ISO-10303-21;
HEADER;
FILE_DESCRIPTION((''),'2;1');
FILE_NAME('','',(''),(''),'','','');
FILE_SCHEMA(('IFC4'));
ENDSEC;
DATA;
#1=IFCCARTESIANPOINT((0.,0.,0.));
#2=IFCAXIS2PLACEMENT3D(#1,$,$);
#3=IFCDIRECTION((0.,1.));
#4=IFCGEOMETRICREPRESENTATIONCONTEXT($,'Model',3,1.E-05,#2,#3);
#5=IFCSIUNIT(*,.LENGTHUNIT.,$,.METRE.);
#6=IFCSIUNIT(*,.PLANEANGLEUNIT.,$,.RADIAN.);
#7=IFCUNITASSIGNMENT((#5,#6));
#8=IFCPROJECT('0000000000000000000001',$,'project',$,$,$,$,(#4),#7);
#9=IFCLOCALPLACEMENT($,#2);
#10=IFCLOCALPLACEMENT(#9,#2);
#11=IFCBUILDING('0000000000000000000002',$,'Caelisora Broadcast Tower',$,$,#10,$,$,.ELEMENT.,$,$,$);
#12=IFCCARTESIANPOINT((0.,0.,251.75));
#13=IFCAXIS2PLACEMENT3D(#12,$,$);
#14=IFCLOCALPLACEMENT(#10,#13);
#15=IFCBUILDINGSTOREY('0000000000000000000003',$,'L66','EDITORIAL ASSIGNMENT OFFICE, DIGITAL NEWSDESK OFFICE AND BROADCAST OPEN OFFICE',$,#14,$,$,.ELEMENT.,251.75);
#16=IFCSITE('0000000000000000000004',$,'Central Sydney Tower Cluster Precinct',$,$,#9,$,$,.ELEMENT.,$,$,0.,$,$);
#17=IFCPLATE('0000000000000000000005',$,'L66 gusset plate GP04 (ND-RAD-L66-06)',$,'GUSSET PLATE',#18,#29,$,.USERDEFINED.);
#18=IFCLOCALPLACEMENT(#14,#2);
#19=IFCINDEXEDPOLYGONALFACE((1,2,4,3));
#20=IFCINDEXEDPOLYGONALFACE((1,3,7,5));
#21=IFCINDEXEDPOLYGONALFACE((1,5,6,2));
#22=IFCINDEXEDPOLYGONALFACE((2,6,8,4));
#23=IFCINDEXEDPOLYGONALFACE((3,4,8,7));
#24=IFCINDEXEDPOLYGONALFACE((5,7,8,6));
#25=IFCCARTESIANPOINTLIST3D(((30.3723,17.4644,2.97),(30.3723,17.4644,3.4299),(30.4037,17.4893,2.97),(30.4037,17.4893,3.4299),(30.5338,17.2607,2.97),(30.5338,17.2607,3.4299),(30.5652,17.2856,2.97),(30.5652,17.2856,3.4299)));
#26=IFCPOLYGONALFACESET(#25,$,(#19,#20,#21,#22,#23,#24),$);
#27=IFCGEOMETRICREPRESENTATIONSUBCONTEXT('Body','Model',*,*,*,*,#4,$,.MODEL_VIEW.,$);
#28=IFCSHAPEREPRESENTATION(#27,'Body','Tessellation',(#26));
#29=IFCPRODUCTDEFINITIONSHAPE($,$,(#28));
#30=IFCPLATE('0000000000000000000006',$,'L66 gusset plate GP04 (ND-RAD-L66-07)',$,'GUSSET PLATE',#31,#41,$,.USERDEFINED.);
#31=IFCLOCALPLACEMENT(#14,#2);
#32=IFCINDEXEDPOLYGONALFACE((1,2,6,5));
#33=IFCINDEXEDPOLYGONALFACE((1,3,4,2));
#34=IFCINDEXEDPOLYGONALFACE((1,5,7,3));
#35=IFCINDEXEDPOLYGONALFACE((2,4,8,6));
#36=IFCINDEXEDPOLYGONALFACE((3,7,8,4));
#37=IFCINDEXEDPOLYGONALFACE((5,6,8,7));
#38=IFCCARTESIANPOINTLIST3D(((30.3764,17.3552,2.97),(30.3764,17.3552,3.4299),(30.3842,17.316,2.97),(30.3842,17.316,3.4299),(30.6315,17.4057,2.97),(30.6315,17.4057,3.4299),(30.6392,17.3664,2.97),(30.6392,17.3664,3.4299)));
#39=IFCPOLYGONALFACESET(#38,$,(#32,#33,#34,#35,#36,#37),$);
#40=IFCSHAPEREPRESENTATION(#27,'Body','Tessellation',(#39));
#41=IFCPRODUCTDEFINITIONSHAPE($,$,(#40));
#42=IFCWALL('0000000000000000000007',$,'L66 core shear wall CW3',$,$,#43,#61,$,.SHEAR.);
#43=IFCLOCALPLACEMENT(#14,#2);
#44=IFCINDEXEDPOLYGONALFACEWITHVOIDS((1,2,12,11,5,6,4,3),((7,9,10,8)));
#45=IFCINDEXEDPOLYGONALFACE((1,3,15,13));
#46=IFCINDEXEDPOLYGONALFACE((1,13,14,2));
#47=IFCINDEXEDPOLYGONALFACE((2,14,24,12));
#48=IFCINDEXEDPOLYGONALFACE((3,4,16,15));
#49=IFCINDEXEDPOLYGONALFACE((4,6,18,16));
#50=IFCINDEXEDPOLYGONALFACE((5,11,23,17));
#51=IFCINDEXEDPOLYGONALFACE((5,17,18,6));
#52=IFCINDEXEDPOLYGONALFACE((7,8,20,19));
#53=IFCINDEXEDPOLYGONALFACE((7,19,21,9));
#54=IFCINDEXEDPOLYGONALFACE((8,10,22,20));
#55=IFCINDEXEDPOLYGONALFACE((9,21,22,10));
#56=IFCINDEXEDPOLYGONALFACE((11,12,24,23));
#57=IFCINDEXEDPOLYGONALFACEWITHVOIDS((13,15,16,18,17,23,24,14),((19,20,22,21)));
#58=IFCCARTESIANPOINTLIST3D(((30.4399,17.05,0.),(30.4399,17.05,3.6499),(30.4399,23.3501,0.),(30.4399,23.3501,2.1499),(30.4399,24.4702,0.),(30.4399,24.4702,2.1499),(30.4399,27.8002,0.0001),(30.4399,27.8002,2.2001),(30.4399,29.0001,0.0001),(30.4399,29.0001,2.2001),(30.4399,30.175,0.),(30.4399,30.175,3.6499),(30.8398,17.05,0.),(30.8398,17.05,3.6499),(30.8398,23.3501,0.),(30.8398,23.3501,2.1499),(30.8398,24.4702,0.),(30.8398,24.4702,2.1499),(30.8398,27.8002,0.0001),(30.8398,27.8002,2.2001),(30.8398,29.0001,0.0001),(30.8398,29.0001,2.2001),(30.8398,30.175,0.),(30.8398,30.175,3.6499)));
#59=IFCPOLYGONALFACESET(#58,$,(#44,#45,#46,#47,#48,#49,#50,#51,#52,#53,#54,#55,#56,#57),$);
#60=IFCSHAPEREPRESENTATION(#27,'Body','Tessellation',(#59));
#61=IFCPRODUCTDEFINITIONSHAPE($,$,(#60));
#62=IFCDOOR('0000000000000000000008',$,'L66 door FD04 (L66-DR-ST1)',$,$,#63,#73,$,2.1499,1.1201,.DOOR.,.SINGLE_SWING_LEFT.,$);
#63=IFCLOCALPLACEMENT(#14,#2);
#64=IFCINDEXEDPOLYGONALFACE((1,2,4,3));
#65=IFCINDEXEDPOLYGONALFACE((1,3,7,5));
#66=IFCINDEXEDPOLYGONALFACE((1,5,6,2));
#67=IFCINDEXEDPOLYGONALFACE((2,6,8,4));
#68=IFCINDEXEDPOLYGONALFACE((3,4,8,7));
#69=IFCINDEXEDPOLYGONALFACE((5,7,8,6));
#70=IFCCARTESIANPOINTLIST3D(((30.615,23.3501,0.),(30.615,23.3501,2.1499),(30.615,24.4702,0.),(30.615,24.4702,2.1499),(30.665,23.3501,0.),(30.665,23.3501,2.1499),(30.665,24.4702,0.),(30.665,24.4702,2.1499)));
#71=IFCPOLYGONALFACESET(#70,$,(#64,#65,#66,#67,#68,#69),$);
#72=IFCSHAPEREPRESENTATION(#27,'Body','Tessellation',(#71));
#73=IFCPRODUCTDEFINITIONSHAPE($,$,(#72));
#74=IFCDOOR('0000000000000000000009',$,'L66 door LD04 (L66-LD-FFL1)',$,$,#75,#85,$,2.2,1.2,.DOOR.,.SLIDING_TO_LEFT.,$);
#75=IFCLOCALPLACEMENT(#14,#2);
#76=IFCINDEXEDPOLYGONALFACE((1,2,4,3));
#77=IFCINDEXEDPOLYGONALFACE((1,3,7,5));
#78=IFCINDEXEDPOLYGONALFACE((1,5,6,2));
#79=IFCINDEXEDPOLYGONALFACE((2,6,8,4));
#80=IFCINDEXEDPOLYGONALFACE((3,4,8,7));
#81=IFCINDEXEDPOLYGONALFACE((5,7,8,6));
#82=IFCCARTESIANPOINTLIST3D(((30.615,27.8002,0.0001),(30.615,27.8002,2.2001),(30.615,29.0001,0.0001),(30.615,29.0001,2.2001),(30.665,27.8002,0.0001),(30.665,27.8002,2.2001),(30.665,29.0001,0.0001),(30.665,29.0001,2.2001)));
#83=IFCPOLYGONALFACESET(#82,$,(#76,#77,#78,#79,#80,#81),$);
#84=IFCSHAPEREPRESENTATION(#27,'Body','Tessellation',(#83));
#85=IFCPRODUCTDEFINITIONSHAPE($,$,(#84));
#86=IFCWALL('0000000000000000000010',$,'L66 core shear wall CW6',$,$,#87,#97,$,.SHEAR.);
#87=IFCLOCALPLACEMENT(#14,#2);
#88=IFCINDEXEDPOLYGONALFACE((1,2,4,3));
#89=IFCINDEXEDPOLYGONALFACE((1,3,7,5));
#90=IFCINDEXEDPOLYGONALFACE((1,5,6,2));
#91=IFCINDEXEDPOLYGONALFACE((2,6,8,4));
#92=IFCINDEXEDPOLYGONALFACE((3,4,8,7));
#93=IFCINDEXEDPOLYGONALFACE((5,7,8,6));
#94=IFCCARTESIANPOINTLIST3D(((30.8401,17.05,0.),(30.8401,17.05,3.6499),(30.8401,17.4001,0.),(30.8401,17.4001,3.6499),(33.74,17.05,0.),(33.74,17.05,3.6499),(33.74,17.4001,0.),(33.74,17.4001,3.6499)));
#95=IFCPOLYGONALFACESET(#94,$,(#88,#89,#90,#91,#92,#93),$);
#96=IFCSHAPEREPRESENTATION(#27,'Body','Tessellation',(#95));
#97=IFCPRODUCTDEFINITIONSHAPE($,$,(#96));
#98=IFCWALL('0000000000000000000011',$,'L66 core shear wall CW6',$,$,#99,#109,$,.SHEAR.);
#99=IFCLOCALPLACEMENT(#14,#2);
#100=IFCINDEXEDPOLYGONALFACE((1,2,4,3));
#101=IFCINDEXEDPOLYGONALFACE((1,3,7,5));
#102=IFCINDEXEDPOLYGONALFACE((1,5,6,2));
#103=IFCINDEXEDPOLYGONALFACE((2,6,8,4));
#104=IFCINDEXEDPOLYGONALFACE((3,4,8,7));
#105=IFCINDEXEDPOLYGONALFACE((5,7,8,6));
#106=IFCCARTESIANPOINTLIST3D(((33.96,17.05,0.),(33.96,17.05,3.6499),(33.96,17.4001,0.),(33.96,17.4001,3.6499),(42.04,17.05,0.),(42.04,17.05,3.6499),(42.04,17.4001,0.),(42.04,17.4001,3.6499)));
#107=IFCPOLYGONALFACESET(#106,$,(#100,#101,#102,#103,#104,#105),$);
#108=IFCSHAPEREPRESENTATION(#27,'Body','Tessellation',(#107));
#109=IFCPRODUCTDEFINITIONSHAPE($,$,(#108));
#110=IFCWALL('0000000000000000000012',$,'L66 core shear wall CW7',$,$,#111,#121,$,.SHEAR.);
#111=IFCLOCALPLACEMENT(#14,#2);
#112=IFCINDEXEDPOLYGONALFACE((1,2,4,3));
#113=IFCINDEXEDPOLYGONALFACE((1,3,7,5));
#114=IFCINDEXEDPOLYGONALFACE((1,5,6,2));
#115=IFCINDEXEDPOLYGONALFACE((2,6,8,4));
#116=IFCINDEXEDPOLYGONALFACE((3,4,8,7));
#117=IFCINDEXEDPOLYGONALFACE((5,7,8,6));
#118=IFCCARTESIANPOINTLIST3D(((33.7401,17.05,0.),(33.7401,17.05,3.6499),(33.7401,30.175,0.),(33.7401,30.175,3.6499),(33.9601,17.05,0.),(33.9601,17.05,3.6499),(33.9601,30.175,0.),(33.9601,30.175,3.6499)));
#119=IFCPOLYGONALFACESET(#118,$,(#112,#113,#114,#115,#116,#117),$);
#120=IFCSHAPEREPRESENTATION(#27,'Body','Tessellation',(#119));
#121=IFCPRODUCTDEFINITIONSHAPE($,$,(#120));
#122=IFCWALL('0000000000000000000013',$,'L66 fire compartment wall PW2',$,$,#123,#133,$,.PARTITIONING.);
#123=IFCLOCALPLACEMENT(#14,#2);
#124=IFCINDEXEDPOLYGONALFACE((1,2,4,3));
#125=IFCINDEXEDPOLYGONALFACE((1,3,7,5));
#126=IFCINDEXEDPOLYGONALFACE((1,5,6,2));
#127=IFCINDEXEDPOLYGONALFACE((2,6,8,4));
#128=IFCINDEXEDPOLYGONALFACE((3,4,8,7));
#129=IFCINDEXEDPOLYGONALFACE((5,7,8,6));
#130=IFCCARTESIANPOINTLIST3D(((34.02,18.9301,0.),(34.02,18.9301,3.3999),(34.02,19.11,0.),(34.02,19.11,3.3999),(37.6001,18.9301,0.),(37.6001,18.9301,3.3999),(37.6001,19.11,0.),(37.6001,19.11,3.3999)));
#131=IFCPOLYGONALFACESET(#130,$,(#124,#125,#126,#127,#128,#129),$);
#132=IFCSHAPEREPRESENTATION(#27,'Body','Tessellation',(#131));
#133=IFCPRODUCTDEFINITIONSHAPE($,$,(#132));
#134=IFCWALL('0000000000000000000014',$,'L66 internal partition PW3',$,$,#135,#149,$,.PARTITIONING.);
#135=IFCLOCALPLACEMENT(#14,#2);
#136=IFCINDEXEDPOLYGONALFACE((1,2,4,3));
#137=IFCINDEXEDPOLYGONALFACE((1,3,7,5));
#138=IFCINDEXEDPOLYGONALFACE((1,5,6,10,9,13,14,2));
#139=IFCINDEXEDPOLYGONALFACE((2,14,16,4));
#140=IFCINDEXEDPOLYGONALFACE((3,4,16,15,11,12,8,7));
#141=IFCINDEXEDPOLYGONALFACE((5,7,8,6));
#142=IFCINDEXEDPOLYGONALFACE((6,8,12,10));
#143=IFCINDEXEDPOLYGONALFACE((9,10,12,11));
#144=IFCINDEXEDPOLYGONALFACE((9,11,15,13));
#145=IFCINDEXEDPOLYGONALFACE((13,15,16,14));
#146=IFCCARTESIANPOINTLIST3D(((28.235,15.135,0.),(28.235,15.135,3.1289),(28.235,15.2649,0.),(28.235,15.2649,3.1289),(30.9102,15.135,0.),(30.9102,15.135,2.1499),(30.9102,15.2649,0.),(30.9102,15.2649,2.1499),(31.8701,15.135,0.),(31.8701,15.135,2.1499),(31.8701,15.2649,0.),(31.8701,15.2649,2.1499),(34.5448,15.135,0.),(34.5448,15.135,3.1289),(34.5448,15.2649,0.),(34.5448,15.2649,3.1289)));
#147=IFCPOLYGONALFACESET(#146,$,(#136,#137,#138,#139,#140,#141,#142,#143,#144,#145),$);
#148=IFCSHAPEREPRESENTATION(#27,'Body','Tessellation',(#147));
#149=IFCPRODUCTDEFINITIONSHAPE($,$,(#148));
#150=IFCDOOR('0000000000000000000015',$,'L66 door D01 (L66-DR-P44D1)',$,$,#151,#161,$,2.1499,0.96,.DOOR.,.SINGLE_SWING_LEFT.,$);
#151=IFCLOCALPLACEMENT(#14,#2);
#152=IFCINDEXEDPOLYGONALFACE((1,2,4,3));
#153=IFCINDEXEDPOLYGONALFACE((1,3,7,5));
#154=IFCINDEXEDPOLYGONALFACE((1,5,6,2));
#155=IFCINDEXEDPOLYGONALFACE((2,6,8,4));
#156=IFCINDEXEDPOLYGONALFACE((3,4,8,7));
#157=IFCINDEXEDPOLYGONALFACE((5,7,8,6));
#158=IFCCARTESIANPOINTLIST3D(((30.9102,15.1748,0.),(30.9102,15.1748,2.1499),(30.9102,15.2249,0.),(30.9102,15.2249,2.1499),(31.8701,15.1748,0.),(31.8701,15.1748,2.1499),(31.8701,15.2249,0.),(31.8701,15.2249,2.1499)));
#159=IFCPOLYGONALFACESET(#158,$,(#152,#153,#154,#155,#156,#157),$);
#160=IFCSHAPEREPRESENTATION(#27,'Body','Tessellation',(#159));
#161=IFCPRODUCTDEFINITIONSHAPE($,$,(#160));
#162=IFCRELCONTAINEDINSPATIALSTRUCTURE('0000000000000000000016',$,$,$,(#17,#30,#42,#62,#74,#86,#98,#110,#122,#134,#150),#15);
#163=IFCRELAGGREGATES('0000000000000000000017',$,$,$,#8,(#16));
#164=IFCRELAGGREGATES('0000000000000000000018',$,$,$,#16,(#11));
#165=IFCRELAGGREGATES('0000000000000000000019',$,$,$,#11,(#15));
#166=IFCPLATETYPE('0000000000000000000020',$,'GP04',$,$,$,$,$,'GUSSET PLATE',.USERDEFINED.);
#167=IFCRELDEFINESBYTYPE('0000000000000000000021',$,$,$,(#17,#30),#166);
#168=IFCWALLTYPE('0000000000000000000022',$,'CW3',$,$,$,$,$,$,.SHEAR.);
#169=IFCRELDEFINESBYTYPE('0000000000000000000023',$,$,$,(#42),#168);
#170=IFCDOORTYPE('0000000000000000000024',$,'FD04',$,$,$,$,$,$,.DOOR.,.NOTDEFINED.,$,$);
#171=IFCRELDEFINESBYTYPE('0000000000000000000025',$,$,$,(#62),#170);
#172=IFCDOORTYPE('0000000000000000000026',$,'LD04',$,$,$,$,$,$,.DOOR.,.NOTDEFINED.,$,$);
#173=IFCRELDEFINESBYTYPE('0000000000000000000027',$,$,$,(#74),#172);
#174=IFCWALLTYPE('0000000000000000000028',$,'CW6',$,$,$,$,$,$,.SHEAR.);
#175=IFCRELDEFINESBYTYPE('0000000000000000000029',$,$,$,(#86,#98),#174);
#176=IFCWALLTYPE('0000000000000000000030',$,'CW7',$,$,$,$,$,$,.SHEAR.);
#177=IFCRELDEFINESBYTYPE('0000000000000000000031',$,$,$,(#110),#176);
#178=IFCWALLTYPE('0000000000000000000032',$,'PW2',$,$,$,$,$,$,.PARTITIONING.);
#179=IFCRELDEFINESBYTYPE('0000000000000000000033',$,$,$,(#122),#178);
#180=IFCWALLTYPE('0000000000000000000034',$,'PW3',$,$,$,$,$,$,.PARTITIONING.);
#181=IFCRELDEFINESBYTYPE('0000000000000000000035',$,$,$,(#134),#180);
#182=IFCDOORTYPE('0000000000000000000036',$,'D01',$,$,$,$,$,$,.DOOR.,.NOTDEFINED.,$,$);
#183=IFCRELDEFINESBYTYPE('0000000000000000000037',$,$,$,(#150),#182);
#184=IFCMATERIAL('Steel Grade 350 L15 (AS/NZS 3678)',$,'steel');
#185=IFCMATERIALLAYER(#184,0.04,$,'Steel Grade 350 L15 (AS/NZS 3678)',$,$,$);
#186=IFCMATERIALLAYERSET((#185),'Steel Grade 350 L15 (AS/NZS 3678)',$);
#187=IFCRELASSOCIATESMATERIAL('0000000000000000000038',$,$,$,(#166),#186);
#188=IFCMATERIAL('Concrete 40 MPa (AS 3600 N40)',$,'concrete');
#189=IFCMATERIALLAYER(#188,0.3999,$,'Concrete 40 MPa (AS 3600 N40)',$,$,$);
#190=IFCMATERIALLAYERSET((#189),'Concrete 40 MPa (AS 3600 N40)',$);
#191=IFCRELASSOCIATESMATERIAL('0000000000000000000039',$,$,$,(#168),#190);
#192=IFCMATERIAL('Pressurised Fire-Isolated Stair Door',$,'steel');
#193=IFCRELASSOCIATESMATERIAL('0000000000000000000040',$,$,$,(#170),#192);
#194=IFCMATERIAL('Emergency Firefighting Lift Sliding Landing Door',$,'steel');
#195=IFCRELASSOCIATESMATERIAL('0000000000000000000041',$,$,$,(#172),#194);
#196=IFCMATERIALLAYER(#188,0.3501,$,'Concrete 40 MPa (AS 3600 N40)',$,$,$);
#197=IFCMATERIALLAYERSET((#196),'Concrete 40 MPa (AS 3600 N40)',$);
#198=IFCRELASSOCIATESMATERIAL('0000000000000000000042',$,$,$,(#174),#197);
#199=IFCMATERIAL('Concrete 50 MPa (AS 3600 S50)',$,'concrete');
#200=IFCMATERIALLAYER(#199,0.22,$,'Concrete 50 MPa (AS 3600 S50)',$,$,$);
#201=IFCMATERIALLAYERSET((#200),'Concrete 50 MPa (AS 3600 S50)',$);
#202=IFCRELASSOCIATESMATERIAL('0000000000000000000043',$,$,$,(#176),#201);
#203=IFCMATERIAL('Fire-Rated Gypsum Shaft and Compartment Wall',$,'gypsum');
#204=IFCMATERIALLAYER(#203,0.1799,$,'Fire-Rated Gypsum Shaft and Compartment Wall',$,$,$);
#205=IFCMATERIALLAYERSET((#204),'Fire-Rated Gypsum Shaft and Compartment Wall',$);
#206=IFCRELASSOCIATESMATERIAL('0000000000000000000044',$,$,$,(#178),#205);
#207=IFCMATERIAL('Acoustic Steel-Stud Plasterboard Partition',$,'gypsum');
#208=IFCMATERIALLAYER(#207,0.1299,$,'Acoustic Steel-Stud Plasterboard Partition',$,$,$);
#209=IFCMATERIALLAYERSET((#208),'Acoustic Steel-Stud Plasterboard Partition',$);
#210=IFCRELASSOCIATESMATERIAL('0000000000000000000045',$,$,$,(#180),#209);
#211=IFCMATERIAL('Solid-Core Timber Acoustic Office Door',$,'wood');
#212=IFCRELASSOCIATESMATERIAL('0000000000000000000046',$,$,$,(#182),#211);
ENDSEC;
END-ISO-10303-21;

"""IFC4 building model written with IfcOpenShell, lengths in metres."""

from ifc_helpers import new_model, si_unit, direction, frame, frame_2d, origin, origin_2d, place, context, subcontext, project, spatial, rectangle, extrude, source, transform, mapped, material, layer, layer_set, type_object, type_shapes, element, fill, save


model = new_model("IFC4")

# Units and contexts
model_context = context("Model", 3, precision=1e-05, world=origin(), true_north=direction((0.0, 1.0)))
body_context = subcontext(model_context, "Body", "Model", "MODEL_VIEW")
ifc_project = project(units=[si_unit("LENGTHUNIT", "METRE"), si_unit("PLANEANGLEUNIT", "RADIAN")], contexts=[model_context])

# Site, building, storey
site_placement = place(None, origin())
site = spatial("IfcSite", under=ifc_project, at=site_placement, Name="Central Sydney Tower Cluster Precinct", CompositionType="ELEMENT", RefElevation=0.0)
building_placement = place(site_placement, origin())
building = spatial("IfcBuilding", under=site, at=building_placement, Name="Caelisora Broadcast Tower", CompositionType="ELEMENT")
storey_placement = place(building_placement, frame((0.0, 0.0, 251.75)))
storey = spatial("IfcBuildingStorey", under=building, at=storey_placement, Name="L66", Description="EDITORIAL ASSIGNMENT OFFICE, DIGITAL NEWSDESK OFFICE AND BROADCAST OPEN OFFICE", CompositionType="ELEMENT", Elevation=251.75)

# Plates
ifc_material_1 = material(Name="Steel Grade 350 L15 (AS/NZS 3678)", Category="steel")
ifc_layer_1 = layer(ifc_material_1, 0.04, Name="Steel Grade 350 L15 (AS/NZS 3678)")
ifc_layer_set_1 = layer_set([ifc_layer_1], Name="Steel Grade 350 L15 (AS/NZS 3678)")
plate_type = type_object("IfcPlateType", Name="GP04", ElementType="GUSSET PLATE", PredefinedType="USERDEFINED", material=ifc_layer_set_1)
shared_shape_1 = source(origin(), body_context, "Body", "SweptSolid", [
    extrude(rectangle(XDim=0.26, YDim=0.04, at=origin_2d()), origin(), (0.0, 0.0, 1.0), 0.46),
])
type_shapes(plate_type, [shared_shape_1])
for number, where, z_axis, x_axis, name in (
    (1, (30.4688, 17.375, 2.97), (0.0, 0.0, 1.0), (0.621285, -0.783585, 0.0), "L66 gusset plate GP04 (ND-RAD-L66-06)"),
    (2, (30.5078, 17.3608, 2.97), (0.0, 0.0, 1.0), (0.980989, 0.194063, 0.0), "L66 gusset plate GP04 (ND-RAD-L66-07)"),
):
    element("IfcPlate", number, at=place(storey_placement, frame(where, z_axis=z_axis, x_axis=x_axis)), inside=storey, type_object=plate_type, Name=name, ObjectType="GUSSET PLATE", PredefinedType="USERDEFINED", context=body_context, shape_type="MappedRepresentation", body=[
        mapped(shared_shape_1, transform((0.0, 0.0, 0.0), scale=1.0)),
    ])

# Wall, openings, doors
ifc_material_2 = material(Name="Concrete 40 MPa (AS 3600 N40)", Category="concrete")
ifc_layer_2 = layer(ifc_material_2, 0.3999, Name="Concrete 40 MPa (AS 3600 N40)")
ifc_layer_set_2 = layer_set([ifc_layer_2], Name="Concrete 40 MPa (AS 3600 N40)")
wall_type_1 = type_object("IfcWallType", Name="CW3", PredefinedType="SHEAR", material=ifc_layer_set_2)
wall_1_placement = place(storey_placement, frame((30.6399, 17.05, 0.0), z_axis=(0.0, 0.0, 1.0), x_axis=(0.0, 1.0, 0.0)))
wall_1 = element("IfcWall", 3, at=wall_1_placement, inside=storey, type_object=wall_type_1, Name="L66 core shear wall CW3", PredefinedType="SHEAR", context=body_context, shape_type="SweptSolid", body=[
    extrude(rectangle(XDim=13.125, YDim=0.3999, at=frame_2d((6.5625, 0.0))), origin(), (0.0, 0.0, 1.0), 3.6499),
])
opening_1_placement = place(wall_1_placement, frame((6.3, 0.0, 0.0)))
opening_1 = element("IfcOpeningElement", 4, at=opening_1_placement, cuts=wall_1, PredefinedType="OPENING", context=body_context, shape_type="SweptSolid", body=[
    extrude(rectangle(XDim=1.1201, YDim=2.1499, at=frame_2d((0.5601, 1.075))), frame((0.0, 0.2119, 0.0), z_axis=(0.0, -1.0, 0.0), x_axis=(1.0, 0.0, 0.0)), (0.0, 0.0, 1.0), 0.4238),
])
opening_2_placement = place(wall_1_placement, frame((10.75, 0.0, 0.0)))
opening_2 = element("IfcOpeningElement", 5, at=opening_2_placement, cuts=wall_1, PredefinedType="OPENING", context=body_context, shape_type="SweptSolid", body=[
    extrude(rectangle(XDim=1.2, YDim=2.2, at=frame_2d((0.6001, 1.1001))), frame((0.0, 0.2119, 0.0), z_axis=(0.0, -1.0, 0.0), x_axis=(1.0, 0.0, 0.0)), (0.0, 0.0, 1.0), 0.4238),
])
ifc_material_3 = material(Name="Pressurised Fire-Isolated Stair Door", Category="steel")
door_type_1 = type_object("IfcDoorType", Name="FD04", OperationType="NOTDEFINED", PredefinedType="DOOR", material=ifc_material_3)
door_1_placement = place(opening_1_placement, origin())
door_1 = element("IfcDoor", 6, at=door_1_placement, inside=storey, type_object=door_type_1, Name="L66 door FD04 (L66-DR-ST1)", OperationType="SINGLE_SWING_LEFT", OverallHeight=2.1499, OverallWidth=1.1201, PredefinedType="DOOR", context=body_context, shape_type="SweptSolid", body=[
    extrude(rectangle(XDim=1.1201, YDim=2.1499, at=frame_2d((0.5601, 1.075))), frame((0.0, 0.0249, 0.0), z_axis=(0.0, -1.0, 0.0), x_axis=(1.0, 0.0, 0.0)), (0.0, 0.0, 1.0), 0.05),
])
fill(opening_1, door_1)
ifc_material_4 = material(Name="Emergency Firefighting Lift Sliding Landing Door", Category="steel")
door_type_2 = type_object("IfcDoorType", Name="LD04", OperationType="NOTDEFINED", PredefinedType="DOOR", material=ifc_material_4)
door_2_placement = place(opening_2_placement, origin())
door_2 = element("IfcDoor", 7, at=door_2_placement, inside=storey, type_object=door_type_2, Name="L66 door LD04 (L66-LD-FFL1)", OperationType="SLIDING_TO_LEFT", OverallHeight=2.2, OverallWidth=1.2, PredefinedType="DOOR", context=body_context, shape_type="SweptSolid", body=[
    extrude(rectangle(XDim=1.2, YDim=2.2, at=frame_2d((0.6001, 1.1001))), frame((0.0, 0.0249, 0.0), z_axis=(0.0, -1.0, 0.0), x_axis=(1.0, 0.0, 0.0)), (0.0, 0.0, 1.0), 0.05),
])
fill(opening_2, door_2)

# Walls
ifc_layer_3 = layer(ifc_material_2, 0.3501, Name="Concrete 40 MPa (AS 3600 N40)")
ifc_layer_set_3 = layer_set([ifc_layer_3], Name="Concrete 40 MPa (AS 3600 N40)")
wall_type_2 = type_object("IfcWallType", Name="CW6", PredefinedType="SHEAR", material=ifc_layer_set_3)
wall_2_placement = place(storey_placement, frame((30.8401, 17.2251, 0.0), z_axis=(0.0, 0.0, 1.0), x_axis=(1.0, 0.0, 0.0)))
element("IfcWall", 8, at=wall_2_placement, inside=storey, type_object=wall_type_2, Name="L66 core shear wall CW6", PredefinedType="SHEAR", context=body_context, shape_type="SweptSolid", body=[
    extrude(rectangle(XDim=2.8999, YDim=0.3501, at=frame_2d((1.45, 0.0))), origin(), (0.0, 0.0, 1.0), 3.6499),
])
wall_3_placement = place(storey_placement, frame((33.96, 17.2251, 0.0), z_axis=(0.0, 0.0, 1.0), x_axis=(1.0, 0.0, 0.0)))
element("IfcWall", 9, at=wall_3_placement, inside=storey, type_object=wall_type_2, Name="L66 core shear wall CW6", PredefinedType="SHEAR", context=body_context, shape_type="SweptSolid", body=[
    extrude(rectangle(XDim=8.0801, YDim=0.3501, at=frame_2d((4.04, 0.0))), origin(), (0.0, 0.0, 1.0), 3.6499),
])
ifc_material_5 = material(Name="Concrete 50 MPa (AS 3600 S50)", Category="concrete")
ifc_layer_4 = layer(ifc_material_5, 0.22, Name="Concrete 50 MPa (AS 3600 S50)")
ifc_layer_set_4 = layer_set([ifc_layer_4], Name="Concrete 50 MPa (AS 3600 S50)")
wall_type_3 = type_object("IfcWallType", Name="CW7", PredefinedType="SHEAR", material=ifc_layer_set_4)
wall_4_placement = place(storey_placement, frame((33.8501, 17.05, 0.0), z_axis=(0.0, 0.0, 1.0), x_axis=(0.0, 1.0, 0.0)))
element("IfcWall", 10, at=wall_4_placement, inside=storey, type_object=wall_type_3, Name="L66 core shear wall CW7", PredefinedType="SHEAR", context=body_context, shape_type="SweptSolid", body=[
    extrude(rectangle(XDim=13.125, YDim=0.22, at=frame_2d((6.5625, 0.0))), origin(), (0.0, 0.0, 1.0), 3.6499),
])
ifc_material_6 = material(Name="Fire-Rated Gypsum Shaft and Compartment Wall", Category="gypsum")
ifc_layer_5 = layer(ifc_material_6, 0.1799, Name="Fire-Rated Gypsum Shaft and Compartment Wall")
ifc_layer_set_5 = layer_set([ifc_layer_5], Name="Fire-Rated Gypsum Shaft and Compartment Wall")
wall_type_4 = type_object("IfcWallType", Name="PW2", PredefinedType="PARTITIONING", material=ifc_layer_set_5)
wall_5_placement = place(storey_placement, frame((34.02, 19.02, 0.0), z_axis=(0.0, 0.0, 1.0), x_axis=(1.0, 0.0, 0.0)))
element("IfcWall", 11, at=wall_5_placement, inside=storey, type_object=wall_type_4, Name="L66 fire compartment wall PW2", PredefinedType="PARTITIONING", context=body_context, shape_type="SweptSolid", body=[
    extrude(rectangle(XDim=3.5801, YDim=0.1799, at=frame_2d((1.79, 0.0))), origin(), (0.0, 0.0, 1.0), 3.3999),
])

# Wall, opening, door
ifc_material_7 = material(Name="Acoustic Steel-Stud Plasterboard Partition", Category="gypsum")
ifc_layer_6 = layer(ifc_material_7, 0.1299, Name="Acoustic Steel-Stud Plasterboard Partition")
ifc_layer_set_6 = layer_set([ifc_layer_6], Name="Acoustic Steel-Stud Plasterboard Partition")
wall_type_5 = type_object("IfcWallType", Name="PW3", PredefinedType="PARTITIONING", material=ifc_layer_set_6)
wall_6_placement = place(storey_placement, frame((28.2351, 15.2, 0.0), z_axis=(0.0, 0.0, 1.0), x_axis=(1.0, 0.0, 0.0)))
wall_6 = element("IfcWall", 12, at=wall_6_placement, inside=storey, type_object=wall_type_5, Name="L66 internal partition PW3", PredefinedType="PARTITIONING", context=body_context, shape_type="SweptSolid", body=[
    extrude(rectangle(XDim=6.3098, YDim=0.1299, at=frame_2d((3.1548, 0.0))), origin(), (0.0, 0.0, 1.0), 3.1289),
])
opening_3_placement = place(wall_6_placement, frame((2.675, 0.0, 0.0)))
opening_3 = element("IfcOpeningElement", 13, at=opening_3_placement, cuts=wall_6, PredefinedType="OPENING", context=body_context, shape_type="SweptSolid", body=[
    extrude(rectangle(XDim=0.96, YDim=2.1499, at=frame_2d((0.48, 1.075))), frame((0.0, 0.0769, 0.0), z_axis=(0.0, -1.0, 0.0), x_axis=(1.0, 0.0, 0.0)), (0.0, 0.0, 1.0), 0.1538),
])
ifc_material_8 = material(Name="Solid-Core Timber Acoustic Office Door", Category="wood")
door_type_3 = type_object("IfcDoorType", Name="D01", OperationType="NOTDEFINED", PredefinedType="DOOR", material=ifc_material_8)
door_3_placement = place(opening_3_placement, origin())
door_3 = element("IfcDoor", 14, at=door_3_placement, inside=storey, type_object=door_type_3, Name="L66 door D01 (L66-DR-P44D1)", OperationType="SINGLE_SWING_LEFT", OverallHeight=2.1499, OverallWidth=0.96, PredefinedType="DOOR", context=body_context, shape_type="SweptSolid", body=[
    extrude(rectangle(XDim=0.96, YDim=2.1499, at=frame_2d((0.48, 1.075))), frame((0.0, 0.0249, 0.0), z_axis=(0.0, -1.0, 0.0), x_axis=(1.0, 0.0, 0.0)), (0.0, 0.0, 1.0), 0.05),
])
fill(opening_3, door_3)

save(model, "model.ifc")
